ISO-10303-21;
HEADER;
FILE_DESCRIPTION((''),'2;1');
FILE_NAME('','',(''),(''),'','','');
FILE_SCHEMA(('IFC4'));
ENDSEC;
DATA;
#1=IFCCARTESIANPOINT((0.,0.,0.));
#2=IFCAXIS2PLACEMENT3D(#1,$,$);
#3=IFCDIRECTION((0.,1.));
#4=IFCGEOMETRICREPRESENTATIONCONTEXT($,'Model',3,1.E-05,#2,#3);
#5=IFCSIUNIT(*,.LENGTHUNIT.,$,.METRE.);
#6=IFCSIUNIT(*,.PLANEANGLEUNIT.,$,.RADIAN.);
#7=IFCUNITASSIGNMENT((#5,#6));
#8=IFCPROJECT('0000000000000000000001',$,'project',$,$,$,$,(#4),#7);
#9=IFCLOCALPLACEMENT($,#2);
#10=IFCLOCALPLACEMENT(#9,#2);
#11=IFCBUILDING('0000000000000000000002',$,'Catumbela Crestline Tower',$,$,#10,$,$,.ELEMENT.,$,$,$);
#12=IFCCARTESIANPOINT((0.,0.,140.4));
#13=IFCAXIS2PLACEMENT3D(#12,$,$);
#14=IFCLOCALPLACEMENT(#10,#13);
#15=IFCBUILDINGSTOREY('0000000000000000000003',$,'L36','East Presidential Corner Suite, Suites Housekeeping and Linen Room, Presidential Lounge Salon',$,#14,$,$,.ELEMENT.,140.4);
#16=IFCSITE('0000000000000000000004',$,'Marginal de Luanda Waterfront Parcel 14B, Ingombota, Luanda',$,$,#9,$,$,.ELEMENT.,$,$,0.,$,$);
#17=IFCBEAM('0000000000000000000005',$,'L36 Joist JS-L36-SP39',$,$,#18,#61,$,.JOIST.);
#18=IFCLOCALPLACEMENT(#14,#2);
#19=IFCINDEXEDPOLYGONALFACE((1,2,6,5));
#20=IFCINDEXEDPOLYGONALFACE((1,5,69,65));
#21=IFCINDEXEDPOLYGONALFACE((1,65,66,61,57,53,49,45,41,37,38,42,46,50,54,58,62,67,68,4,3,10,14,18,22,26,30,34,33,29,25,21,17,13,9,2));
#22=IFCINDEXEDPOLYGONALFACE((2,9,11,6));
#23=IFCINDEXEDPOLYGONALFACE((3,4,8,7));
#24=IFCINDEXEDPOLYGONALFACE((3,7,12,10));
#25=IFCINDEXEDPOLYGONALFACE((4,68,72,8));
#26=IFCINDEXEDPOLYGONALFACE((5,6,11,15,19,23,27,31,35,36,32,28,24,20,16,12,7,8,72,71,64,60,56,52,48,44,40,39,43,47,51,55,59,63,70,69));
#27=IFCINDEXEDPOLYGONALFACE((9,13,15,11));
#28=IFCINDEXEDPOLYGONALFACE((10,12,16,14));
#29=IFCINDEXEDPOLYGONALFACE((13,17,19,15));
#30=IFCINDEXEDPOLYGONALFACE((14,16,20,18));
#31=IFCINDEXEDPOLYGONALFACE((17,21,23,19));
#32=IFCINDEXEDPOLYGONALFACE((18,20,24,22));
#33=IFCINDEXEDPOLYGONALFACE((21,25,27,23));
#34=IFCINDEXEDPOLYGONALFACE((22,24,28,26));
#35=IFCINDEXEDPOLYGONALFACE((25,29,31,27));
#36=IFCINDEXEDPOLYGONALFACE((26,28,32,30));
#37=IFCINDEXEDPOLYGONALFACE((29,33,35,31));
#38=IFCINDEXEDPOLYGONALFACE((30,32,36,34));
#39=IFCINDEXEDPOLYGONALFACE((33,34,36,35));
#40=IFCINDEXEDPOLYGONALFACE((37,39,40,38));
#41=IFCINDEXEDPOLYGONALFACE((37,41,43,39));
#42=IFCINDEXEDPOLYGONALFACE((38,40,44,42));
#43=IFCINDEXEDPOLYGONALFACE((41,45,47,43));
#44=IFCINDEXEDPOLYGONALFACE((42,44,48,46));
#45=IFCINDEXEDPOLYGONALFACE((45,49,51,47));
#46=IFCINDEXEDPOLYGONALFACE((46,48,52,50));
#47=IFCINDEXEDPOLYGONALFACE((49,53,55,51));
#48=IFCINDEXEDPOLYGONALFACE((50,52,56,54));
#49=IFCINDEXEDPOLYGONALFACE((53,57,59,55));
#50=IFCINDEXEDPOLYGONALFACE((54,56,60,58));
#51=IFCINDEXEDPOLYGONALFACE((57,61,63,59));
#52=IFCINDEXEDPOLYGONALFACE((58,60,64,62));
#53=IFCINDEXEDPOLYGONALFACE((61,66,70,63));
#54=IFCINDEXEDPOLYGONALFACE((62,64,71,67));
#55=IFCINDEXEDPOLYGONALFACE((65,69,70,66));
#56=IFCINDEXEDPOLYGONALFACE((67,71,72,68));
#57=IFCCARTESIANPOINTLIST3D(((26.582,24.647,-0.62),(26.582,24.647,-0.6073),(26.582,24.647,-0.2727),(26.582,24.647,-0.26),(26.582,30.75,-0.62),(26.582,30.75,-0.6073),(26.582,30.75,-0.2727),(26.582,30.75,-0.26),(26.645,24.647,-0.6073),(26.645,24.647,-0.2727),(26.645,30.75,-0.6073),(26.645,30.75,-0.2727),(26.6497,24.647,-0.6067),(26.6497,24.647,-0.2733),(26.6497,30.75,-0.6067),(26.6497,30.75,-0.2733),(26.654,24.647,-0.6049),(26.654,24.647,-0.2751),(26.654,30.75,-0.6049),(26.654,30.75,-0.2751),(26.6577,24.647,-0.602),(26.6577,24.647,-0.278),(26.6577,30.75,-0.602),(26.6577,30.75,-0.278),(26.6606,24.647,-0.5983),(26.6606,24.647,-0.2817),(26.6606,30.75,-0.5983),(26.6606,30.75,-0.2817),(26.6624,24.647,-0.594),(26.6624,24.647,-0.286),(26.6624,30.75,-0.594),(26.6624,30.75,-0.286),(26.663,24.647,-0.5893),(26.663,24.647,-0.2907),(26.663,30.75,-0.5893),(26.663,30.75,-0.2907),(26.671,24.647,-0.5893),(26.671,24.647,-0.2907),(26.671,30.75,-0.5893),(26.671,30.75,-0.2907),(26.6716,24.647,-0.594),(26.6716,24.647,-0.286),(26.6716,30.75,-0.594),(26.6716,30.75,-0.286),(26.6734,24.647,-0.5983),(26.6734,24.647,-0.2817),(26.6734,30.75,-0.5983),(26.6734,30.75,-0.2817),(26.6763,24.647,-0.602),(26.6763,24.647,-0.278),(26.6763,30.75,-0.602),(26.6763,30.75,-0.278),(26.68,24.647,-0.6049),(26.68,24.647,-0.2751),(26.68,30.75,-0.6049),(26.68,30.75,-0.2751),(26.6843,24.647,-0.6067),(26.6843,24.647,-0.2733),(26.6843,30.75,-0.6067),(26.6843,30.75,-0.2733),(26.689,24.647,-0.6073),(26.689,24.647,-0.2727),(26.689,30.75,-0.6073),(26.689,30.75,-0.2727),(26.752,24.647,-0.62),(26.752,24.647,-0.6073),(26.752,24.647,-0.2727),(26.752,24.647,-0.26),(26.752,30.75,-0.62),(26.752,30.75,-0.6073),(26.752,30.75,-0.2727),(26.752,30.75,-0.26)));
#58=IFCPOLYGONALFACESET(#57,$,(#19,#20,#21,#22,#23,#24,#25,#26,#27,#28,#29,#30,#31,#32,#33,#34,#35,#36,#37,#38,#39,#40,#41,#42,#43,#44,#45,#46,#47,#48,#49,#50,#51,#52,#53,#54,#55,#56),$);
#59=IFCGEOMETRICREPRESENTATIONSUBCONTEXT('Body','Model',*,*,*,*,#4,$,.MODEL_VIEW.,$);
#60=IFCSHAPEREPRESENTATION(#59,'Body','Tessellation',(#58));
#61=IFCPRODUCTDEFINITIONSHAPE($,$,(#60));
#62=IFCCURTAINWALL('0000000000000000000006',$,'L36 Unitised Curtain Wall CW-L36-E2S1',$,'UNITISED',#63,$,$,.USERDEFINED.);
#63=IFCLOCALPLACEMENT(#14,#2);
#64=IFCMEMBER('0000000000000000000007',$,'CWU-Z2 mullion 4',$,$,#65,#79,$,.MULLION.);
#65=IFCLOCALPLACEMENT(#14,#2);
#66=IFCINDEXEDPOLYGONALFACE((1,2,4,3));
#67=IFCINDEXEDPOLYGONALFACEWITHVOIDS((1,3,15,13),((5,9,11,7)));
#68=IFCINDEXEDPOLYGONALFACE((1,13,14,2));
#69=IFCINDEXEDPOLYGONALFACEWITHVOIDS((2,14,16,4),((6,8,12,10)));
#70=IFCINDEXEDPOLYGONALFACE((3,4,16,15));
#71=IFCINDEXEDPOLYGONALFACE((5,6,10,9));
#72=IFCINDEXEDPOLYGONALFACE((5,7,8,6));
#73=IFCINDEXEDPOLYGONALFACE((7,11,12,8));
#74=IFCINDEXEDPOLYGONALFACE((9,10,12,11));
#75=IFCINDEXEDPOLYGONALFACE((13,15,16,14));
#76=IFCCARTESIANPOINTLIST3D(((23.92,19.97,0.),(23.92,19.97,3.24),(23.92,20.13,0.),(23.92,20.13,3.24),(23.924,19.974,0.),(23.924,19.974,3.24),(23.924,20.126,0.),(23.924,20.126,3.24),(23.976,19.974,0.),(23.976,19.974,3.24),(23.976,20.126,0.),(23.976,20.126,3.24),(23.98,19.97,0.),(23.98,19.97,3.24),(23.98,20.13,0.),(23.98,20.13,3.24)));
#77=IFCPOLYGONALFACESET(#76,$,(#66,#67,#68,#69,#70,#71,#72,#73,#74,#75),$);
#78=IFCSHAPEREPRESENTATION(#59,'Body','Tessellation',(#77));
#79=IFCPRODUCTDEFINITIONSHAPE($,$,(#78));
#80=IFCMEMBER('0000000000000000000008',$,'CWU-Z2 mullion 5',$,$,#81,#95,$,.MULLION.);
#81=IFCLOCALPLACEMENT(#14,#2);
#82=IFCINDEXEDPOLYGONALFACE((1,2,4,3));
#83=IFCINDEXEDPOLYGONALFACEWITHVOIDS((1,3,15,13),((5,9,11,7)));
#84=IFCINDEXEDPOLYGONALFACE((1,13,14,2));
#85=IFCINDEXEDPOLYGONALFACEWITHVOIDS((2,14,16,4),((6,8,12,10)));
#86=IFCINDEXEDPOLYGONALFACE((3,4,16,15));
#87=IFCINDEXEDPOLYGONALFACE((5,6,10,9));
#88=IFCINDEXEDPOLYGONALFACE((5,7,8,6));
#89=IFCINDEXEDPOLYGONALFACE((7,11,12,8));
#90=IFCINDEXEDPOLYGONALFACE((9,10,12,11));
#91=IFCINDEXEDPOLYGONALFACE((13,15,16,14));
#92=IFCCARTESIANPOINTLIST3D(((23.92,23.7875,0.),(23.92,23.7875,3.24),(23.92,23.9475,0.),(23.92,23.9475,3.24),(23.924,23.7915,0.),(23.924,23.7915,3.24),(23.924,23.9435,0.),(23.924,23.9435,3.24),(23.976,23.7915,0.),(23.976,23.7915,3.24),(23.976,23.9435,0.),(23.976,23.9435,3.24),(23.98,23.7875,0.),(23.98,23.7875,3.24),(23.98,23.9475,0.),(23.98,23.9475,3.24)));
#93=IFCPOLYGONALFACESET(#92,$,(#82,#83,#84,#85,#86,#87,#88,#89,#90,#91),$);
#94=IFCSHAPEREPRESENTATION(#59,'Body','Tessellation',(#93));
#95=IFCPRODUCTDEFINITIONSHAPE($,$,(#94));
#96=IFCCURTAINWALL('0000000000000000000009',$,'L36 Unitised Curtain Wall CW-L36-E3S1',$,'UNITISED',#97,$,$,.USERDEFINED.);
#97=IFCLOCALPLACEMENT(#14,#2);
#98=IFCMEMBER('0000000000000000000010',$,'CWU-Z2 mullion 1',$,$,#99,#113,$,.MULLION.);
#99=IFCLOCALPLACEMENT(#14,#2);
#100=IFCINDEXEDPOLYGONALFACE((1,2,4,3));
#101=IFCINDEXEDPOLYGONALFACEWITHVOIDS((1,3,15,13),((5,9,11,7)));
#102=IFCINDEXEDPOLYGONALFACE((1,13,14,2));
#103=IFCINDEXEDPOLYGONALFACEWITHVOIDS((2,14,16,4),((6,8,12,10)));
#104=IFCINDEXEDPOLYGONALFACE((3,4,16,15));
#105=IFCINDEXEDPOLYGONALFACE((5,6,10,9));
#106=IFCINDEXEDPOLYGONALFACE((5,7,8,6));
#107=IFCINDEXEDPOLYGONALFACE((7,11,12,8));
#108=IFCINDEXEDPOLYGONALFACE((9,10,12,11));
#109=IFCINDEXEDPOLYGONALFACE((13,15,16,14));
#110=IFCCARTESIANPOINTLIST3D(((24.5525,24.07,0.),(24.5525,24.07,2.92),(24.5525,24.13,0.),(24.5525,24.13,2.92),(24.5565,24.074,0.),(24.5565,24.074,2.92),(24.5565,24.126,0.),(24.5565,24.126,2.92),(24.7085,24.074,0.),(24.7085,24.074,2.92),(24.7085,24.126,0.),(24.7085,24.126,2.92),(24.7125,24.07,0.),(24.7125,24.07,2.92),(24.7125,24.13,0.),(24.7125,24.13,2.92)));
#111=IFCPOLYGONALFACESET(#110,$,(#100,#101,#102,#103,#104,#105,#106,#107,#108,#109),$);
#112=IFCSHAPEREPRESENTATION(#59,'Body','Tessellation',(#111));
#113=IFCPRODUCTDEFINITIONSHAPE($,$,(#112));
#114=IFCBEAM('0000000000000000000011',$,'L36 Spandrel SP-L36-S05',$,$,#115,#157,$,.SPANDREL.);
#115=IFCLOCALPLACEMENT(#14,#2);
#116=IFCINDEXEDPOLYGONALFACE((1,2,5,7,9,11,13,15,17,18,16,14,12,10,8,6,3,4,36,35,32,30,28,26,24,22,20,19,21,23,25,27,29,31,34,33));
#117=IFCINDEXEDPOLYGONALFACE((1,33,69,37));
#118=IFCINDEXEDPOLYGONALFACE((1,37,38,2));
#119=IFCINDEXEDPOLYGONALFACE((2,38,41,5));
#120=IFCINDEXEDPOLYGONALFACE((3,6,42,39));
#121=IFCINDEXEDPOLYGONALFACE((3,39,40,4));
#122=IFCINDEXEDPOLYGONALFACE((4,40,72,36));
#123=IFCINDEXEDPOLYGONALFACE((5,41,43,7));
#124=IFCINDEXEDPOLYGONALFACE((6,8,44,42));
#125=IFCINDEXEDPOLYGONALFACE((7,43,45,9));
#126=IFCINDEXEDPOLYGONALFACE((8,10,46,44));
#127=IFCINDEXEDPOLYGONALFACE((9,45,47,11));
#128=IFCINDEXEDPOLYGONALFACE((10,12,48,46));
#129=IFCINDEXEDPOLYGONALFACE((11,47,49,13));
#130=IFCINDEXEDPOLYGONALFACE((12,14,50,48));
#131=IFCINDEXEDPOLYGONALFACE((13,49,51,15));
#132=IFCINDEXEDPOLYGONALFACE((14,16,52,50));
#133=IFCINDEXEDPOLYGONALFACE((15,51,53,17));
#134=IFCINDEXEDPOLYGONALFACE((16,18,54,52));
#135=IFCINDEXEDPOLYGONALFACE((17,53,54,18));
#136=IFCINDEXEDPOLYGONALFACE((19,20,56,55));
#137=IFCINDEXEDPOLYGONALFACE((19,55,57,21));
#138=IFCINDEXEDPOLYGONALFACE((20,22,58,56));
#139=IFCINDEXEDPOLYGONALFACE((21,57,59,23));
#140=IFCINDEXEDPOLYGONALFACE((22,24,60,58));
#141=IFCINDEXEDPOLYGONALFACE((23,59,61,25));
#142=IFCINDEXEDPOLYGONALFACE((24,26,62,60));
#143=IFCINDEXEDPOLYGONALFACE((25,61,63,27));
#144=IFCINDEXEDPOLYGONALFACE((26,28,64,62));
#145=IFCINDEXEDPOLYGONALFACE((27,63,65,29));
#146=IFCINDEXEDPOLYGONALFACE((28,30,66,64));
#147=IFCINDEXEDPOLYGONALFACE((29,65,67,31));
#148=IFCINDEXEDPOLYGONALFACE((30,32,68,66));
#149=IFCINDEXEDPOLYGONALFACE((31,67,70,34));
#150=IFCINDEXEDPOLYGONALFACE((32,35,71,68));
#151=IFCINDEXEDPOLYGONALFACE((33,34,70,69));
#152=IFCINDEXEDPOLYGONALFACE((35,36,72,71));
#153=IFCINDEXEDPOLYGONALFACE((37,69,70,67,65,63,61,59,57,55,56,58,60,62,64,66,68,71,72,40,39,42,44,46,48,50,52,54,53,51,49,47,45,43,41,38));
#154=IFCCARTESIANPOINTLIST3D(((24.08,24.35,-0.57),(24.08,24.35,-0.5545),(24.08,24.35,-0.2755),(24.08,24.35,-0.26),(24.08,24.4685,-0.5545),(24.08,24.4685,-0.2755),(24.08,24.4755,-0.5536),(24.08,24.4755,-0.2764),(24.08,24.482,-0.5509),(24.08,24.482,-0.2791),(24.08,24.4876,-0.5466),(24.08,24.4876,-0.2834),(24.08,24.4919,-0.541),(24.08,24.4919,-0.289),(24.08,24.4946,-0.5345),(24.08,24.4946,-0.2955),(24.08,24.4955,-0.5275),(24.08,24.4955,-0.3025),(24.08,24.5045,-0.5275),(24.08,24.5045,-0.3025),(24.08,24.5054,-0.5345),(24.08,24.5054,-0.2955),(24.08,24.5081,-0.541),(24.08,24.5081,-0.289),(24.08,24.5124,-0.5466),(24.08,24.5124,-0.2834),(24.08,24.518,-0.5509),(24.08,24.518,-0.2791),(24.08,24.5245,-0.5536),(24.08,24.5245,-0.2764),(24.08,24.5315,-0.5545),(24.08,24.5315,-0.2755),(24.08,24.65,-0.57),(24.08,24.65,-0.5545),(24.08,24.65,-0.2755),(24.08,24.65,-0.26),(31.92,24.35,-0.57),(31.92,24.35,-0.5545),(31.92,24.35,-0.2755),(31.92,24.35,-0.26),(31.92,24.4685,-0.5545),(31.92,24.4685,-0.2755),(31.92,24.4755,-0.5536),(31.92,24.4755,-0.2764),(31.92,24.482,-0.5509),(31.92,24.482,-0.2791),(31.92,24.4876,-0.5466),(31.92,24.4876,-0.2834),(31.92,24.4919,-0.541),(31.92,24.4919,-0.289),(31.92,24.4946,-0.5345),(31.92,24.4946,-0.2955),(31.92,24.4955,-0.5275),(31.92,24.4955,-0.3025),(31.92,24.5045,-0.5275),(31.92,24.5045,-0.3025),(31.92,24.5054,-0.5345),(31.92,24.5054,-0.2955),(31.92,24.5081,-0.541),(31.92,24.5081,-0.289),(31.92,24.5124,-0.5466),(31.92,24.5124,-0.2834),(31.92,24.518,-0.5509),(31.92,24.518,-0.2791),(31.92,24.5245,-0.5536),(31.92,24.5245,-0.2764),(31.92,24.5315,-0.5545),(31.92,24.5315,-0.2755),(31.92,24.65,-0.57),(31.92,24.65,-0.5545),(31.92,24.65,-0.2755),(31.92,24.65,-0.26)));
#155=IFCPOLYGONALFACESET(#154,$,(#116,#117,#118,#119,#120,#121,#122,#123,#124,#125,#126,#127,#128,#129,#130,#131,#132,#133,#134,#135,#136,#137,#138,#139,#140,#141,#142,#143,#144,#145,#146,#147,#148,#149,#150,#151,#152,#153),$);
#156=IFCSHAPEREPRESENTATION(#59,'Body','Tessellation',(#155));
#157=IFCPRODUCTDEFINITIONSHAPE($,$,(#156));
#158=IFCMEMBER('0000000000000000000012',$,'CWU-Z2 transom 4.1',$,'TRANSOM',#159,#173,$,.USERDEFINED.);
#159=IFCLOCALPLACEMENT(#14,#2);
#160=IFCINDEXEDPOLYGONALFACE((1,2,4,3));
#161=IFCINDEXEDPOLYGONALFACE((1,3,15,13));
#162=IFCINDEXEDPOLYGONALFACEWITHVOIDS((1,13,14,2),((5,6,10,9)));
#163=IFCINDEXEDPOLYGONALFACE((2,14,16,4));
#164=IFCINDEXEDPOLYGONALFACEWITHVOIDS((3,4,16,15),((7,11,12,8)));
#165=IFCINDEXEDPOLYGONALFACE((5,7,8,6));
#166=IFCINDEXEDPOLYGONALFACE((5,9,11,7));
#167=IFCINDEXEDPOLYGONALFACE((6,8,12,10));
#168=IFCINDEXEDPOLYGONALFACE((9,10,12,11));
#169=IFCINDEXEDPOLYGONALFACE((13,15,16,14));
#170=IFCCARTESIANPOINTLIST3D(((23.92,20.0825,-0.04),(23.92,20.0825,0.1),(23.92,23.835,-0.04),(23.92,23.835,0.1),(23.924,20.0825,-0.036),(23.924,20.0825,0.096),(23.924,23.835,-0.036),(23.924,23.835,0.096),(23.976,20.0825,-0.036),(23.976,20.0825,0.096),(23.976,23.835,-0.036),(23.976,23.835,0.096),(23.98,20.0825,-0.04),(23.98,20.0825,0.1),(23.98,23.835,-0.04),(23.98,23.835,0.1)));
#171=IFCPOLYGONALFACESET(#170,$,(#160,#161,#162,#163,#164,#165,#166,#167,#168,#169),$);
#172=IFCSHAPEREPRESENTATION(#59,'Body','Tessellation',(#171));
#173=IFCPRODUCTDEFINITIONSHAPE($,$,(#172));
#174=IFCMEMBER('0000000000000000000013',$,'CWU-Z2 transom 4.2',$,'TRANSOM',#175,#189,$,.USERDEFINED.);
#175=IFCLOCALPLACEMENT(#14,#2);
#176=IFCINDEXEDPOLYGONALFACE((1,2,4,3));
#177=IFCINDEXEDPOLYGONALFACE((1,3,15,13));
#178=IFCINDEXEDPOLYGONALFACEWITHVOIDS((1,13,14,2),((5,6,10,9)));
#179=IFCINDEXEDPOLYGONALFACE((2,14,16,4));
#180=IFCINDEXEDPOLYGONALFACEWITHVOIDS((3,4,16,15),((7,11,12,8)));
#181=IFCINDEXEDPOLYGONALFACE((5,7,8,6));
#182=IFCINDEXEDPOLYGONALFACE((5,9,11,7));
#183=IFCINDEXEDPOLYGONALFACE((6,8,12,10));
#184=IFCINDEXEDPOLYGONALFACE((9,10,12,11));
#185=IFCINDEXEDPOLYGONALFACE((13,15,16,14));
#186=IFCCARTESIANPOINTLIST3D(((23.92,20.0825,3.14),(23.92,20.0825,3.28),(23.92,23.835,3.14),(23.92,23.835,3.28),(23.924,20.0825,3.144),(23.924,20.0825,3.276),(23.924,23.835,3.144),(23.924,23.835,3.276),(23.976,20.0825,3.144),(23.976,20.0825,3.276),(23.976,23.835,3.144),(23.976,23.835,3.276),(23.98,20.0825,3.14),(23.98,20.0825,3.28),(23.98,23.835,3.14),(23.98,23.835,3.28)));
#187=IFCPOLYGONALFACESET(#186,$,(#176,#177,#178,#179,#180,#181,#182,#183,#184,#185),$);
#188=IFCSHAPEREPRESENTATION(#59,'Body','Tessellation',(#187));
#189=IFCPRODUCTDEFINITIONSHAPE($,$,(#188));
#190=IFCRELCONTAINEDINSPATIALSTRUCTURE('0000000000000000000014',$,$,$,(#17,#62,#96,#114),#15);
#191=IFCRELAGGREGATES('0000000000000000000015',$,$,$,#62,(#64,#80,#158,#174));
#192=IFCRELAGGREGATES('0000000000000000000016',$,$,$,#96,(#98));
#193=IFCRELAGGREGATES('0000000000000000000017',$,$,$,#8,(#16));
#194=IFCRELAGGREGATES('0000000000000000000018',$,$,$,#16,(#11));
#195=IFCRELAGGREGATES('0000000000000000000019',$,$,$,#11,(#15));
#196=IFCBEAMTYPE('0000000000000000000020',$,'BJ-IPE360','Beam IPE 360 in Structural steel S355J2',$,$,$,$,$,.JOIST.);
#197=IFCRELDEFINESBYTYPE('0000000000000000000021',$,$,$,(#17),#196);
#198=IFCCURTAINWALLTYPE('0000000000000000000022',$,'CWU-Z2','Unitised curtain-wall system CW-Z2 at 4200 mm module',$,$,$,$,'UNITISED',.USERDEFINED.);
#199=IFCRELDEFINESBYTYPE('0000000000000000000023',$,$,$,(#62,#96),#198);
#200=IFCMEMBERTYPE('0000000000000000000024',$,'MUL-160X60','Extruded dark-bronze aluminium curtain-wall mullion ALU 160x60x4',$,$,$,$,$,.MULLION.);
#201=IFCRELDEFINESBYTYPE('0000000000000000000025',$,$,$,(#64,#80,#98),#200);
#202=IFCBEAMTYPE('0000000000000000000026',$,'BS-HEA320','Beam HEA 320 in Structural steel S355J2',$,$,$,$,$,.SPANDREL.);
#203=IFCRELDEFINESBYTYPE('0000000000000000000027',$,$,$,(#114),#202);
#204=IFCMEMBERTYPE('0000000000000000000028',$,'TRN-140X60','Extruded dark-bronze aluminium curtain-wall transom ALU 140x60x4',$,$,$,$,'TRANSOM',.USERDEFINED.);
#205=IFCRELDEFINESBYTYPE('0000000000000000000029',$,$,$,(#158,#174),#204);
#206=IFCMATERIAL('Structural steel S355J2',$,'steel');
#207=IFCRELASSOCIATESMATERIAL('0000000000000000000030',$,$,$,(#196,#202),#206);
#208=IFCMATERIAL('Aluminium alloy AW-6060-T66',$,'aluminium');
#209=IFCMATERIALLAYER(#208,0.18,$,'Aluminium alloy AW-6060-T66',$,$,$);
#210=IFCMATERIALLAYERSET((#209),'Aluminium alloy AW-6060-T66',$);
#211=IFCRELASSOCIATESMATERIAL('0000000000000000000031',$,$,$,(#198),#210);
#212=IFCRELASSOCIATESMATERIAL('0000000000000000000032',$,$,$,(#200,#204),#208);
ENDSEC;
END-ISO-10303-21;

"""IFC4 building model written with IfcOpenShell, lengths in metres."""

from ifc_helpers import new_model, si_unit, direction, frame, origin, origin_2d, place, context, subcontext, project, spatial, hollow_rectangle, i_section, extrude, material, layer, layer_set, material_profile, profile_set, type_object, element, aggregate, save


model = new_model("IFC4")

# Units and contexts
model_context = context("Model", 3, precision=1e-05, world=origin(), true_north=direction((0.0, 1.0)))
body_context = subcontext(model_context, "Body", "Model", "MODEL_VIEW")
ifc_project = project(units=[si_unit("LENGTHUNIT", "METRE"), si_unit("PLANEANGLEUNIT", "RADIAN")], contexts=[model_context])

# Site, building, storey
site_placement = place(None, origin())
site = spatial("IfcSite", under=ifc_project, at=site_placement, Name="Marginal de Luanda Waterfront Parcel 14B, Ingombota, Luanda", CompositionType="ELEMENT", RefElevation=0.0)
building_placement = place(site_placement, origin())
building = spatial("IfcBuilding", under=site, at=building_placement, Name="Catumbela Crestline Tower", CompositionType="ELEMENT")
storey_placement = place(building_placement, frame((0.0, 0.0, 140.4)))
storey = spatial("IfcBuildingStorey", under=building, at=storey_placement, Name="L36", Description="East Presidential Corner Suite, Suites Housekeeping and Linen Room, Presidential Lounge Salon", CompositionType="ELEMENT", Elevation=140.4)

# Beam
ifc_material_1 = material(Name="Structural steel S355J2", Category="steel")
ifc_material_profile_1 = material_profile(ifc_material_1, i_section(OverallWidth=0.17, OverallDepth=0.36, WebThickness=0.008, FlangeThickness=0.0127, FilletRadius=0.018, at=origin_2d()), Name="IPE 360")
ifc_profile_set_1 = profile_set([ifc_material_profile_1], Name="Structural steel S355J2")
beam_type_1 = type_object("IfcBeamType", Name="BJ-IPE360", Description="Beam IPE 360 in Structural steel S355J2", PredefinedType="JOIST", material=ifc_profile_set_1)
for number, where, z_axis, x_axis, name in (
    (1, (26.667, 24.647, -0.44), (0.0, 1.0, 0.0), (-1.0, 0.0, 0.0), "L36 Joist JS-L36-SP39"),
):
    element("IfcBeam", number, at=place(storey_placement, frame(where, z_axis=z_axis, x_axis=x_axis)), inside=storey, type_object=beam_type_1, Name=name, PredefinedType="JOIST", context=body_context, shape_type="SweptSolid", body=[
        extrude(i_section(OverallWidth=0.17, OverallDepth=0.36, WebThickness=0.008, FlangeThickness=0.0127, FilletRadius=0.018, at=origin_2d()), origin(), (0.0, 0.0, 1.0), 6.103),
    ])

# Curtain wall, members
ifc_material_2 = material(Name="Aluminium alloy AW-6060-T66", Category="aluminium")
ifc_layer_1 = layer(ifc_material_2, 0.18, Name="Aluminium alloy AW-6060-T66")
ifc_layer_set_1 = layer_set([ifc_layer_1], Name="Aluminium alloy AW-6060-T66")
curtain_wall_type = type_object("IfcCurtainWallType", Name="CWU-Z2", Description="Unitised curtain-wall system CW-Z2 at 4200 mm module", ElementType="UNITISED", PredefinedType="USERDEFINED", material=ifc_layer_set_1)
curtain_wall_1_placement = place(storey_placement, origin())
curtain_wall_1 = element("IfcCurtainWall", 2, at=curtain_wall_1_placement, inside=storey, type_object=curtain_wall_type, Name="L36 Unitised Curtain Wall CW-L36-E2S1", ObjectType="UNITISED", PredefinedType="USERDEFINED")
ifc_material_profile_2 = material_profile(ifc_material_2, hollow_rectangle(XDim=0.06, YDim=0.16, WallThickness=0.004, at=origin_2d()), Name="ALU 160x60x4")
ifc_profile_set_2 = profile_set([ifc_material_profile_2], Name="Aluminium alloy AW-6060-T66")
member_type_1 = type_object("IfcMemberType", Name="MUL-160X60", Description="Extruded dark-bronze aluminium curtain-wall mullion ALU 160x60x4", PredefinedType="MULLION", material=ifc_profile_set_2)
member_1_placement = place(storey_placement, frame((23.95, 20.05, 0.0), z_axis=(0.0, 0.0, 1.0), x_axis=(-1.0, 0.0, 0.0)))
member_1 = element("IfcMember", 3, at=member_1_placement, type_object=member_type_1, Name="CWU-Z2 mullion 4", PredefinedType="MULLION", context=body_context, shape_type="SweptSolid", body=[
    extrude(hollow_rectangle(XDim=0.06, YDim=0.16, WallThickness=0.004, at=origin_2d()), origin(), (0.0, 0.0, 1.0), 3.24),
])
member_2_placement = place(storey_placement, frame((23.95, 23.8675, 0.0), z_axis=(0.0, 0.0, 1.0), x_axis=(-1.0, 0.0, 0.0)))
member_2 = element("IfcMember", 4, at=member_2_placement, type_object=member_type_1, Name="CWU-Z2 mullion 5", PredefinedType="MULLION", context=body_context, shape_type="SweptSolid", body=[
    extrude(hollow_rectangle(XDim=0.06, YDim=0.16, WallThickness=0.004, at=origin_2d()), origin(), (0.0, 0.0, 1.0), 3.24),
])

# Curtain wall, member
curtain_wall_2_placement = place(storey_placement, origin())
curtain_wall_2 = element("IfcCurtainWall", 5, at=curtain_wall_2_placement, inside=storey, type_object=curtain_wall_type, Name="L36 Unitised Curtain Wall CW-L36-E3S1", ObjectType="UNITISED", PredefinedType="USERDEFINED")
member_3_placement = place(storey_placement, frame((24.6325, 24.1, 0.0), z_axis=(0.0, 0.0, 1.0), x_axis=(0.0, 1.0, 0.0)))
member_3 = element("IfcMember", 6, at=member_3_placement, type_object=member_type_1, Name="CWU-Z2 mullion 1", PredefinedType="MULLION", context=body_context, shape_type="SweptSolid", body=[
    extrude(hollow_rectangle(XDim=0.06, YDim=0.16, WallThickness=0.004, at=origin_2d()), origin(), (0.0, 0.0, 1.0), 2.92),
])

# Beam
ifc_material_profile_3 = material_profile(ifc_material_1, i_section(OverallWidth=0.3, OverallDepth=0.31, WebThickness=0.009, FlangeThickness=0.0155, FilletRadius=0.027, at=origin_2d()), Name="HEA 320")
ifc_profile_set_3 = profile_set([ifc_material_profile_3], Name="Structural steel S355J2")
beam_type_2 = type_object("IfcBeamType", Name="BS-HEA320", Description="Beam HEA 320 in Structural steel S355J2", PredefinedType="SPANDREL", material=ifc_profile_set_3)
beam_1_placement = place(storey_placement, frame((24.08, 24.5, -0.415), z_axis=(1.0, 0.0, 0.0), x_axis=(0.0, 1.0, 0.0)))
element("IfcBeam", 7, at=beam_1_placement, inside=storey, type_object=beam_type_2, Name="L36 Spandrel SP-L36-S05", PredefinedType="SPANDREL", context=body_context, shape_type="SweptSolid", body=[
    extrude(i_section(OverallWidth=0.3, OverallDepth=0.31, WebThickness=0.009, FlangeThickness=0.0155, FilletRadius=0.027, at=origin_2d()), origin(), (0.0, 0.0, 1.0), 7.84),
])

# Members
ifc_material_profile_4 = material_profile(ifc_material_2, hollow_rectangle(XDim=0.06, YDim=0.14, WallThickness=0.004, at=origin_2d()), Name="ALU 140x60x4")
ifc_profile_set_4 = profile_set([ifc_material_profile_4], Name="Aluminium alloy AW-6060-T66")
member_type_2 = type_object("IfcMemberType", Name="TRN-140X60", Description="Extruded dark-bronze aluminium curtain-wall transom ALU 140x60x4", ElementType="TRANSOM", PredefinedType="USERDEFINED", material=ifc_profile_set_4)
member_4_placement = place(storey_placement, frame((23.95, 20.0825, 0.03), z_axis=(0.0, 1.0, 0.0), x_axis=(-1.0, 0.0, 0.0)))
member_4 = element("IfcMember", 8, at=member_4_placement, type_object=member_type_2, Name="CWU-Z2 transom 4.1", ObjectType="TRANSOM", PredefinedType="USERDEFINED", context=body_context, shape_type="SweptSolid", body=[
    extrude(hollow_rectangle(XDim=0.06, YDim=0.14, WallThickness=0.004, at=origin_2d()), origin(), (0.0, 0.0, 1.0), 3.7525),
])
member_5_placement = place(storey_placement, frame((23.95, 20.0825, 3.21), z_axis=(0.0, 1.0, 0.0), x_axis=(-1.0, 0.0, 0.0)))
member_5 = element("IfcMember", 9, at=member_5_placement, type_object=member_type_2, Name="CWU-Z2 transom 4.2", ObjectType="TRANSOM", PredefinedType="USERDEFINED", context=body_context, shape_type="SweptSolid", body=[
    extrude(hollow_rectangle(XDim=0.06, YDim=0.14, WallThickness=0.004, at=origin_2d()), origin(), (0.0, 0.0, 1.0), 3.7525),
])

aggregate(curtain_wall_1, [member_1, member_2, member_4, member_5])
aggregate(curtain_wall_2, [member_3])

save(model, "model.ifc")
